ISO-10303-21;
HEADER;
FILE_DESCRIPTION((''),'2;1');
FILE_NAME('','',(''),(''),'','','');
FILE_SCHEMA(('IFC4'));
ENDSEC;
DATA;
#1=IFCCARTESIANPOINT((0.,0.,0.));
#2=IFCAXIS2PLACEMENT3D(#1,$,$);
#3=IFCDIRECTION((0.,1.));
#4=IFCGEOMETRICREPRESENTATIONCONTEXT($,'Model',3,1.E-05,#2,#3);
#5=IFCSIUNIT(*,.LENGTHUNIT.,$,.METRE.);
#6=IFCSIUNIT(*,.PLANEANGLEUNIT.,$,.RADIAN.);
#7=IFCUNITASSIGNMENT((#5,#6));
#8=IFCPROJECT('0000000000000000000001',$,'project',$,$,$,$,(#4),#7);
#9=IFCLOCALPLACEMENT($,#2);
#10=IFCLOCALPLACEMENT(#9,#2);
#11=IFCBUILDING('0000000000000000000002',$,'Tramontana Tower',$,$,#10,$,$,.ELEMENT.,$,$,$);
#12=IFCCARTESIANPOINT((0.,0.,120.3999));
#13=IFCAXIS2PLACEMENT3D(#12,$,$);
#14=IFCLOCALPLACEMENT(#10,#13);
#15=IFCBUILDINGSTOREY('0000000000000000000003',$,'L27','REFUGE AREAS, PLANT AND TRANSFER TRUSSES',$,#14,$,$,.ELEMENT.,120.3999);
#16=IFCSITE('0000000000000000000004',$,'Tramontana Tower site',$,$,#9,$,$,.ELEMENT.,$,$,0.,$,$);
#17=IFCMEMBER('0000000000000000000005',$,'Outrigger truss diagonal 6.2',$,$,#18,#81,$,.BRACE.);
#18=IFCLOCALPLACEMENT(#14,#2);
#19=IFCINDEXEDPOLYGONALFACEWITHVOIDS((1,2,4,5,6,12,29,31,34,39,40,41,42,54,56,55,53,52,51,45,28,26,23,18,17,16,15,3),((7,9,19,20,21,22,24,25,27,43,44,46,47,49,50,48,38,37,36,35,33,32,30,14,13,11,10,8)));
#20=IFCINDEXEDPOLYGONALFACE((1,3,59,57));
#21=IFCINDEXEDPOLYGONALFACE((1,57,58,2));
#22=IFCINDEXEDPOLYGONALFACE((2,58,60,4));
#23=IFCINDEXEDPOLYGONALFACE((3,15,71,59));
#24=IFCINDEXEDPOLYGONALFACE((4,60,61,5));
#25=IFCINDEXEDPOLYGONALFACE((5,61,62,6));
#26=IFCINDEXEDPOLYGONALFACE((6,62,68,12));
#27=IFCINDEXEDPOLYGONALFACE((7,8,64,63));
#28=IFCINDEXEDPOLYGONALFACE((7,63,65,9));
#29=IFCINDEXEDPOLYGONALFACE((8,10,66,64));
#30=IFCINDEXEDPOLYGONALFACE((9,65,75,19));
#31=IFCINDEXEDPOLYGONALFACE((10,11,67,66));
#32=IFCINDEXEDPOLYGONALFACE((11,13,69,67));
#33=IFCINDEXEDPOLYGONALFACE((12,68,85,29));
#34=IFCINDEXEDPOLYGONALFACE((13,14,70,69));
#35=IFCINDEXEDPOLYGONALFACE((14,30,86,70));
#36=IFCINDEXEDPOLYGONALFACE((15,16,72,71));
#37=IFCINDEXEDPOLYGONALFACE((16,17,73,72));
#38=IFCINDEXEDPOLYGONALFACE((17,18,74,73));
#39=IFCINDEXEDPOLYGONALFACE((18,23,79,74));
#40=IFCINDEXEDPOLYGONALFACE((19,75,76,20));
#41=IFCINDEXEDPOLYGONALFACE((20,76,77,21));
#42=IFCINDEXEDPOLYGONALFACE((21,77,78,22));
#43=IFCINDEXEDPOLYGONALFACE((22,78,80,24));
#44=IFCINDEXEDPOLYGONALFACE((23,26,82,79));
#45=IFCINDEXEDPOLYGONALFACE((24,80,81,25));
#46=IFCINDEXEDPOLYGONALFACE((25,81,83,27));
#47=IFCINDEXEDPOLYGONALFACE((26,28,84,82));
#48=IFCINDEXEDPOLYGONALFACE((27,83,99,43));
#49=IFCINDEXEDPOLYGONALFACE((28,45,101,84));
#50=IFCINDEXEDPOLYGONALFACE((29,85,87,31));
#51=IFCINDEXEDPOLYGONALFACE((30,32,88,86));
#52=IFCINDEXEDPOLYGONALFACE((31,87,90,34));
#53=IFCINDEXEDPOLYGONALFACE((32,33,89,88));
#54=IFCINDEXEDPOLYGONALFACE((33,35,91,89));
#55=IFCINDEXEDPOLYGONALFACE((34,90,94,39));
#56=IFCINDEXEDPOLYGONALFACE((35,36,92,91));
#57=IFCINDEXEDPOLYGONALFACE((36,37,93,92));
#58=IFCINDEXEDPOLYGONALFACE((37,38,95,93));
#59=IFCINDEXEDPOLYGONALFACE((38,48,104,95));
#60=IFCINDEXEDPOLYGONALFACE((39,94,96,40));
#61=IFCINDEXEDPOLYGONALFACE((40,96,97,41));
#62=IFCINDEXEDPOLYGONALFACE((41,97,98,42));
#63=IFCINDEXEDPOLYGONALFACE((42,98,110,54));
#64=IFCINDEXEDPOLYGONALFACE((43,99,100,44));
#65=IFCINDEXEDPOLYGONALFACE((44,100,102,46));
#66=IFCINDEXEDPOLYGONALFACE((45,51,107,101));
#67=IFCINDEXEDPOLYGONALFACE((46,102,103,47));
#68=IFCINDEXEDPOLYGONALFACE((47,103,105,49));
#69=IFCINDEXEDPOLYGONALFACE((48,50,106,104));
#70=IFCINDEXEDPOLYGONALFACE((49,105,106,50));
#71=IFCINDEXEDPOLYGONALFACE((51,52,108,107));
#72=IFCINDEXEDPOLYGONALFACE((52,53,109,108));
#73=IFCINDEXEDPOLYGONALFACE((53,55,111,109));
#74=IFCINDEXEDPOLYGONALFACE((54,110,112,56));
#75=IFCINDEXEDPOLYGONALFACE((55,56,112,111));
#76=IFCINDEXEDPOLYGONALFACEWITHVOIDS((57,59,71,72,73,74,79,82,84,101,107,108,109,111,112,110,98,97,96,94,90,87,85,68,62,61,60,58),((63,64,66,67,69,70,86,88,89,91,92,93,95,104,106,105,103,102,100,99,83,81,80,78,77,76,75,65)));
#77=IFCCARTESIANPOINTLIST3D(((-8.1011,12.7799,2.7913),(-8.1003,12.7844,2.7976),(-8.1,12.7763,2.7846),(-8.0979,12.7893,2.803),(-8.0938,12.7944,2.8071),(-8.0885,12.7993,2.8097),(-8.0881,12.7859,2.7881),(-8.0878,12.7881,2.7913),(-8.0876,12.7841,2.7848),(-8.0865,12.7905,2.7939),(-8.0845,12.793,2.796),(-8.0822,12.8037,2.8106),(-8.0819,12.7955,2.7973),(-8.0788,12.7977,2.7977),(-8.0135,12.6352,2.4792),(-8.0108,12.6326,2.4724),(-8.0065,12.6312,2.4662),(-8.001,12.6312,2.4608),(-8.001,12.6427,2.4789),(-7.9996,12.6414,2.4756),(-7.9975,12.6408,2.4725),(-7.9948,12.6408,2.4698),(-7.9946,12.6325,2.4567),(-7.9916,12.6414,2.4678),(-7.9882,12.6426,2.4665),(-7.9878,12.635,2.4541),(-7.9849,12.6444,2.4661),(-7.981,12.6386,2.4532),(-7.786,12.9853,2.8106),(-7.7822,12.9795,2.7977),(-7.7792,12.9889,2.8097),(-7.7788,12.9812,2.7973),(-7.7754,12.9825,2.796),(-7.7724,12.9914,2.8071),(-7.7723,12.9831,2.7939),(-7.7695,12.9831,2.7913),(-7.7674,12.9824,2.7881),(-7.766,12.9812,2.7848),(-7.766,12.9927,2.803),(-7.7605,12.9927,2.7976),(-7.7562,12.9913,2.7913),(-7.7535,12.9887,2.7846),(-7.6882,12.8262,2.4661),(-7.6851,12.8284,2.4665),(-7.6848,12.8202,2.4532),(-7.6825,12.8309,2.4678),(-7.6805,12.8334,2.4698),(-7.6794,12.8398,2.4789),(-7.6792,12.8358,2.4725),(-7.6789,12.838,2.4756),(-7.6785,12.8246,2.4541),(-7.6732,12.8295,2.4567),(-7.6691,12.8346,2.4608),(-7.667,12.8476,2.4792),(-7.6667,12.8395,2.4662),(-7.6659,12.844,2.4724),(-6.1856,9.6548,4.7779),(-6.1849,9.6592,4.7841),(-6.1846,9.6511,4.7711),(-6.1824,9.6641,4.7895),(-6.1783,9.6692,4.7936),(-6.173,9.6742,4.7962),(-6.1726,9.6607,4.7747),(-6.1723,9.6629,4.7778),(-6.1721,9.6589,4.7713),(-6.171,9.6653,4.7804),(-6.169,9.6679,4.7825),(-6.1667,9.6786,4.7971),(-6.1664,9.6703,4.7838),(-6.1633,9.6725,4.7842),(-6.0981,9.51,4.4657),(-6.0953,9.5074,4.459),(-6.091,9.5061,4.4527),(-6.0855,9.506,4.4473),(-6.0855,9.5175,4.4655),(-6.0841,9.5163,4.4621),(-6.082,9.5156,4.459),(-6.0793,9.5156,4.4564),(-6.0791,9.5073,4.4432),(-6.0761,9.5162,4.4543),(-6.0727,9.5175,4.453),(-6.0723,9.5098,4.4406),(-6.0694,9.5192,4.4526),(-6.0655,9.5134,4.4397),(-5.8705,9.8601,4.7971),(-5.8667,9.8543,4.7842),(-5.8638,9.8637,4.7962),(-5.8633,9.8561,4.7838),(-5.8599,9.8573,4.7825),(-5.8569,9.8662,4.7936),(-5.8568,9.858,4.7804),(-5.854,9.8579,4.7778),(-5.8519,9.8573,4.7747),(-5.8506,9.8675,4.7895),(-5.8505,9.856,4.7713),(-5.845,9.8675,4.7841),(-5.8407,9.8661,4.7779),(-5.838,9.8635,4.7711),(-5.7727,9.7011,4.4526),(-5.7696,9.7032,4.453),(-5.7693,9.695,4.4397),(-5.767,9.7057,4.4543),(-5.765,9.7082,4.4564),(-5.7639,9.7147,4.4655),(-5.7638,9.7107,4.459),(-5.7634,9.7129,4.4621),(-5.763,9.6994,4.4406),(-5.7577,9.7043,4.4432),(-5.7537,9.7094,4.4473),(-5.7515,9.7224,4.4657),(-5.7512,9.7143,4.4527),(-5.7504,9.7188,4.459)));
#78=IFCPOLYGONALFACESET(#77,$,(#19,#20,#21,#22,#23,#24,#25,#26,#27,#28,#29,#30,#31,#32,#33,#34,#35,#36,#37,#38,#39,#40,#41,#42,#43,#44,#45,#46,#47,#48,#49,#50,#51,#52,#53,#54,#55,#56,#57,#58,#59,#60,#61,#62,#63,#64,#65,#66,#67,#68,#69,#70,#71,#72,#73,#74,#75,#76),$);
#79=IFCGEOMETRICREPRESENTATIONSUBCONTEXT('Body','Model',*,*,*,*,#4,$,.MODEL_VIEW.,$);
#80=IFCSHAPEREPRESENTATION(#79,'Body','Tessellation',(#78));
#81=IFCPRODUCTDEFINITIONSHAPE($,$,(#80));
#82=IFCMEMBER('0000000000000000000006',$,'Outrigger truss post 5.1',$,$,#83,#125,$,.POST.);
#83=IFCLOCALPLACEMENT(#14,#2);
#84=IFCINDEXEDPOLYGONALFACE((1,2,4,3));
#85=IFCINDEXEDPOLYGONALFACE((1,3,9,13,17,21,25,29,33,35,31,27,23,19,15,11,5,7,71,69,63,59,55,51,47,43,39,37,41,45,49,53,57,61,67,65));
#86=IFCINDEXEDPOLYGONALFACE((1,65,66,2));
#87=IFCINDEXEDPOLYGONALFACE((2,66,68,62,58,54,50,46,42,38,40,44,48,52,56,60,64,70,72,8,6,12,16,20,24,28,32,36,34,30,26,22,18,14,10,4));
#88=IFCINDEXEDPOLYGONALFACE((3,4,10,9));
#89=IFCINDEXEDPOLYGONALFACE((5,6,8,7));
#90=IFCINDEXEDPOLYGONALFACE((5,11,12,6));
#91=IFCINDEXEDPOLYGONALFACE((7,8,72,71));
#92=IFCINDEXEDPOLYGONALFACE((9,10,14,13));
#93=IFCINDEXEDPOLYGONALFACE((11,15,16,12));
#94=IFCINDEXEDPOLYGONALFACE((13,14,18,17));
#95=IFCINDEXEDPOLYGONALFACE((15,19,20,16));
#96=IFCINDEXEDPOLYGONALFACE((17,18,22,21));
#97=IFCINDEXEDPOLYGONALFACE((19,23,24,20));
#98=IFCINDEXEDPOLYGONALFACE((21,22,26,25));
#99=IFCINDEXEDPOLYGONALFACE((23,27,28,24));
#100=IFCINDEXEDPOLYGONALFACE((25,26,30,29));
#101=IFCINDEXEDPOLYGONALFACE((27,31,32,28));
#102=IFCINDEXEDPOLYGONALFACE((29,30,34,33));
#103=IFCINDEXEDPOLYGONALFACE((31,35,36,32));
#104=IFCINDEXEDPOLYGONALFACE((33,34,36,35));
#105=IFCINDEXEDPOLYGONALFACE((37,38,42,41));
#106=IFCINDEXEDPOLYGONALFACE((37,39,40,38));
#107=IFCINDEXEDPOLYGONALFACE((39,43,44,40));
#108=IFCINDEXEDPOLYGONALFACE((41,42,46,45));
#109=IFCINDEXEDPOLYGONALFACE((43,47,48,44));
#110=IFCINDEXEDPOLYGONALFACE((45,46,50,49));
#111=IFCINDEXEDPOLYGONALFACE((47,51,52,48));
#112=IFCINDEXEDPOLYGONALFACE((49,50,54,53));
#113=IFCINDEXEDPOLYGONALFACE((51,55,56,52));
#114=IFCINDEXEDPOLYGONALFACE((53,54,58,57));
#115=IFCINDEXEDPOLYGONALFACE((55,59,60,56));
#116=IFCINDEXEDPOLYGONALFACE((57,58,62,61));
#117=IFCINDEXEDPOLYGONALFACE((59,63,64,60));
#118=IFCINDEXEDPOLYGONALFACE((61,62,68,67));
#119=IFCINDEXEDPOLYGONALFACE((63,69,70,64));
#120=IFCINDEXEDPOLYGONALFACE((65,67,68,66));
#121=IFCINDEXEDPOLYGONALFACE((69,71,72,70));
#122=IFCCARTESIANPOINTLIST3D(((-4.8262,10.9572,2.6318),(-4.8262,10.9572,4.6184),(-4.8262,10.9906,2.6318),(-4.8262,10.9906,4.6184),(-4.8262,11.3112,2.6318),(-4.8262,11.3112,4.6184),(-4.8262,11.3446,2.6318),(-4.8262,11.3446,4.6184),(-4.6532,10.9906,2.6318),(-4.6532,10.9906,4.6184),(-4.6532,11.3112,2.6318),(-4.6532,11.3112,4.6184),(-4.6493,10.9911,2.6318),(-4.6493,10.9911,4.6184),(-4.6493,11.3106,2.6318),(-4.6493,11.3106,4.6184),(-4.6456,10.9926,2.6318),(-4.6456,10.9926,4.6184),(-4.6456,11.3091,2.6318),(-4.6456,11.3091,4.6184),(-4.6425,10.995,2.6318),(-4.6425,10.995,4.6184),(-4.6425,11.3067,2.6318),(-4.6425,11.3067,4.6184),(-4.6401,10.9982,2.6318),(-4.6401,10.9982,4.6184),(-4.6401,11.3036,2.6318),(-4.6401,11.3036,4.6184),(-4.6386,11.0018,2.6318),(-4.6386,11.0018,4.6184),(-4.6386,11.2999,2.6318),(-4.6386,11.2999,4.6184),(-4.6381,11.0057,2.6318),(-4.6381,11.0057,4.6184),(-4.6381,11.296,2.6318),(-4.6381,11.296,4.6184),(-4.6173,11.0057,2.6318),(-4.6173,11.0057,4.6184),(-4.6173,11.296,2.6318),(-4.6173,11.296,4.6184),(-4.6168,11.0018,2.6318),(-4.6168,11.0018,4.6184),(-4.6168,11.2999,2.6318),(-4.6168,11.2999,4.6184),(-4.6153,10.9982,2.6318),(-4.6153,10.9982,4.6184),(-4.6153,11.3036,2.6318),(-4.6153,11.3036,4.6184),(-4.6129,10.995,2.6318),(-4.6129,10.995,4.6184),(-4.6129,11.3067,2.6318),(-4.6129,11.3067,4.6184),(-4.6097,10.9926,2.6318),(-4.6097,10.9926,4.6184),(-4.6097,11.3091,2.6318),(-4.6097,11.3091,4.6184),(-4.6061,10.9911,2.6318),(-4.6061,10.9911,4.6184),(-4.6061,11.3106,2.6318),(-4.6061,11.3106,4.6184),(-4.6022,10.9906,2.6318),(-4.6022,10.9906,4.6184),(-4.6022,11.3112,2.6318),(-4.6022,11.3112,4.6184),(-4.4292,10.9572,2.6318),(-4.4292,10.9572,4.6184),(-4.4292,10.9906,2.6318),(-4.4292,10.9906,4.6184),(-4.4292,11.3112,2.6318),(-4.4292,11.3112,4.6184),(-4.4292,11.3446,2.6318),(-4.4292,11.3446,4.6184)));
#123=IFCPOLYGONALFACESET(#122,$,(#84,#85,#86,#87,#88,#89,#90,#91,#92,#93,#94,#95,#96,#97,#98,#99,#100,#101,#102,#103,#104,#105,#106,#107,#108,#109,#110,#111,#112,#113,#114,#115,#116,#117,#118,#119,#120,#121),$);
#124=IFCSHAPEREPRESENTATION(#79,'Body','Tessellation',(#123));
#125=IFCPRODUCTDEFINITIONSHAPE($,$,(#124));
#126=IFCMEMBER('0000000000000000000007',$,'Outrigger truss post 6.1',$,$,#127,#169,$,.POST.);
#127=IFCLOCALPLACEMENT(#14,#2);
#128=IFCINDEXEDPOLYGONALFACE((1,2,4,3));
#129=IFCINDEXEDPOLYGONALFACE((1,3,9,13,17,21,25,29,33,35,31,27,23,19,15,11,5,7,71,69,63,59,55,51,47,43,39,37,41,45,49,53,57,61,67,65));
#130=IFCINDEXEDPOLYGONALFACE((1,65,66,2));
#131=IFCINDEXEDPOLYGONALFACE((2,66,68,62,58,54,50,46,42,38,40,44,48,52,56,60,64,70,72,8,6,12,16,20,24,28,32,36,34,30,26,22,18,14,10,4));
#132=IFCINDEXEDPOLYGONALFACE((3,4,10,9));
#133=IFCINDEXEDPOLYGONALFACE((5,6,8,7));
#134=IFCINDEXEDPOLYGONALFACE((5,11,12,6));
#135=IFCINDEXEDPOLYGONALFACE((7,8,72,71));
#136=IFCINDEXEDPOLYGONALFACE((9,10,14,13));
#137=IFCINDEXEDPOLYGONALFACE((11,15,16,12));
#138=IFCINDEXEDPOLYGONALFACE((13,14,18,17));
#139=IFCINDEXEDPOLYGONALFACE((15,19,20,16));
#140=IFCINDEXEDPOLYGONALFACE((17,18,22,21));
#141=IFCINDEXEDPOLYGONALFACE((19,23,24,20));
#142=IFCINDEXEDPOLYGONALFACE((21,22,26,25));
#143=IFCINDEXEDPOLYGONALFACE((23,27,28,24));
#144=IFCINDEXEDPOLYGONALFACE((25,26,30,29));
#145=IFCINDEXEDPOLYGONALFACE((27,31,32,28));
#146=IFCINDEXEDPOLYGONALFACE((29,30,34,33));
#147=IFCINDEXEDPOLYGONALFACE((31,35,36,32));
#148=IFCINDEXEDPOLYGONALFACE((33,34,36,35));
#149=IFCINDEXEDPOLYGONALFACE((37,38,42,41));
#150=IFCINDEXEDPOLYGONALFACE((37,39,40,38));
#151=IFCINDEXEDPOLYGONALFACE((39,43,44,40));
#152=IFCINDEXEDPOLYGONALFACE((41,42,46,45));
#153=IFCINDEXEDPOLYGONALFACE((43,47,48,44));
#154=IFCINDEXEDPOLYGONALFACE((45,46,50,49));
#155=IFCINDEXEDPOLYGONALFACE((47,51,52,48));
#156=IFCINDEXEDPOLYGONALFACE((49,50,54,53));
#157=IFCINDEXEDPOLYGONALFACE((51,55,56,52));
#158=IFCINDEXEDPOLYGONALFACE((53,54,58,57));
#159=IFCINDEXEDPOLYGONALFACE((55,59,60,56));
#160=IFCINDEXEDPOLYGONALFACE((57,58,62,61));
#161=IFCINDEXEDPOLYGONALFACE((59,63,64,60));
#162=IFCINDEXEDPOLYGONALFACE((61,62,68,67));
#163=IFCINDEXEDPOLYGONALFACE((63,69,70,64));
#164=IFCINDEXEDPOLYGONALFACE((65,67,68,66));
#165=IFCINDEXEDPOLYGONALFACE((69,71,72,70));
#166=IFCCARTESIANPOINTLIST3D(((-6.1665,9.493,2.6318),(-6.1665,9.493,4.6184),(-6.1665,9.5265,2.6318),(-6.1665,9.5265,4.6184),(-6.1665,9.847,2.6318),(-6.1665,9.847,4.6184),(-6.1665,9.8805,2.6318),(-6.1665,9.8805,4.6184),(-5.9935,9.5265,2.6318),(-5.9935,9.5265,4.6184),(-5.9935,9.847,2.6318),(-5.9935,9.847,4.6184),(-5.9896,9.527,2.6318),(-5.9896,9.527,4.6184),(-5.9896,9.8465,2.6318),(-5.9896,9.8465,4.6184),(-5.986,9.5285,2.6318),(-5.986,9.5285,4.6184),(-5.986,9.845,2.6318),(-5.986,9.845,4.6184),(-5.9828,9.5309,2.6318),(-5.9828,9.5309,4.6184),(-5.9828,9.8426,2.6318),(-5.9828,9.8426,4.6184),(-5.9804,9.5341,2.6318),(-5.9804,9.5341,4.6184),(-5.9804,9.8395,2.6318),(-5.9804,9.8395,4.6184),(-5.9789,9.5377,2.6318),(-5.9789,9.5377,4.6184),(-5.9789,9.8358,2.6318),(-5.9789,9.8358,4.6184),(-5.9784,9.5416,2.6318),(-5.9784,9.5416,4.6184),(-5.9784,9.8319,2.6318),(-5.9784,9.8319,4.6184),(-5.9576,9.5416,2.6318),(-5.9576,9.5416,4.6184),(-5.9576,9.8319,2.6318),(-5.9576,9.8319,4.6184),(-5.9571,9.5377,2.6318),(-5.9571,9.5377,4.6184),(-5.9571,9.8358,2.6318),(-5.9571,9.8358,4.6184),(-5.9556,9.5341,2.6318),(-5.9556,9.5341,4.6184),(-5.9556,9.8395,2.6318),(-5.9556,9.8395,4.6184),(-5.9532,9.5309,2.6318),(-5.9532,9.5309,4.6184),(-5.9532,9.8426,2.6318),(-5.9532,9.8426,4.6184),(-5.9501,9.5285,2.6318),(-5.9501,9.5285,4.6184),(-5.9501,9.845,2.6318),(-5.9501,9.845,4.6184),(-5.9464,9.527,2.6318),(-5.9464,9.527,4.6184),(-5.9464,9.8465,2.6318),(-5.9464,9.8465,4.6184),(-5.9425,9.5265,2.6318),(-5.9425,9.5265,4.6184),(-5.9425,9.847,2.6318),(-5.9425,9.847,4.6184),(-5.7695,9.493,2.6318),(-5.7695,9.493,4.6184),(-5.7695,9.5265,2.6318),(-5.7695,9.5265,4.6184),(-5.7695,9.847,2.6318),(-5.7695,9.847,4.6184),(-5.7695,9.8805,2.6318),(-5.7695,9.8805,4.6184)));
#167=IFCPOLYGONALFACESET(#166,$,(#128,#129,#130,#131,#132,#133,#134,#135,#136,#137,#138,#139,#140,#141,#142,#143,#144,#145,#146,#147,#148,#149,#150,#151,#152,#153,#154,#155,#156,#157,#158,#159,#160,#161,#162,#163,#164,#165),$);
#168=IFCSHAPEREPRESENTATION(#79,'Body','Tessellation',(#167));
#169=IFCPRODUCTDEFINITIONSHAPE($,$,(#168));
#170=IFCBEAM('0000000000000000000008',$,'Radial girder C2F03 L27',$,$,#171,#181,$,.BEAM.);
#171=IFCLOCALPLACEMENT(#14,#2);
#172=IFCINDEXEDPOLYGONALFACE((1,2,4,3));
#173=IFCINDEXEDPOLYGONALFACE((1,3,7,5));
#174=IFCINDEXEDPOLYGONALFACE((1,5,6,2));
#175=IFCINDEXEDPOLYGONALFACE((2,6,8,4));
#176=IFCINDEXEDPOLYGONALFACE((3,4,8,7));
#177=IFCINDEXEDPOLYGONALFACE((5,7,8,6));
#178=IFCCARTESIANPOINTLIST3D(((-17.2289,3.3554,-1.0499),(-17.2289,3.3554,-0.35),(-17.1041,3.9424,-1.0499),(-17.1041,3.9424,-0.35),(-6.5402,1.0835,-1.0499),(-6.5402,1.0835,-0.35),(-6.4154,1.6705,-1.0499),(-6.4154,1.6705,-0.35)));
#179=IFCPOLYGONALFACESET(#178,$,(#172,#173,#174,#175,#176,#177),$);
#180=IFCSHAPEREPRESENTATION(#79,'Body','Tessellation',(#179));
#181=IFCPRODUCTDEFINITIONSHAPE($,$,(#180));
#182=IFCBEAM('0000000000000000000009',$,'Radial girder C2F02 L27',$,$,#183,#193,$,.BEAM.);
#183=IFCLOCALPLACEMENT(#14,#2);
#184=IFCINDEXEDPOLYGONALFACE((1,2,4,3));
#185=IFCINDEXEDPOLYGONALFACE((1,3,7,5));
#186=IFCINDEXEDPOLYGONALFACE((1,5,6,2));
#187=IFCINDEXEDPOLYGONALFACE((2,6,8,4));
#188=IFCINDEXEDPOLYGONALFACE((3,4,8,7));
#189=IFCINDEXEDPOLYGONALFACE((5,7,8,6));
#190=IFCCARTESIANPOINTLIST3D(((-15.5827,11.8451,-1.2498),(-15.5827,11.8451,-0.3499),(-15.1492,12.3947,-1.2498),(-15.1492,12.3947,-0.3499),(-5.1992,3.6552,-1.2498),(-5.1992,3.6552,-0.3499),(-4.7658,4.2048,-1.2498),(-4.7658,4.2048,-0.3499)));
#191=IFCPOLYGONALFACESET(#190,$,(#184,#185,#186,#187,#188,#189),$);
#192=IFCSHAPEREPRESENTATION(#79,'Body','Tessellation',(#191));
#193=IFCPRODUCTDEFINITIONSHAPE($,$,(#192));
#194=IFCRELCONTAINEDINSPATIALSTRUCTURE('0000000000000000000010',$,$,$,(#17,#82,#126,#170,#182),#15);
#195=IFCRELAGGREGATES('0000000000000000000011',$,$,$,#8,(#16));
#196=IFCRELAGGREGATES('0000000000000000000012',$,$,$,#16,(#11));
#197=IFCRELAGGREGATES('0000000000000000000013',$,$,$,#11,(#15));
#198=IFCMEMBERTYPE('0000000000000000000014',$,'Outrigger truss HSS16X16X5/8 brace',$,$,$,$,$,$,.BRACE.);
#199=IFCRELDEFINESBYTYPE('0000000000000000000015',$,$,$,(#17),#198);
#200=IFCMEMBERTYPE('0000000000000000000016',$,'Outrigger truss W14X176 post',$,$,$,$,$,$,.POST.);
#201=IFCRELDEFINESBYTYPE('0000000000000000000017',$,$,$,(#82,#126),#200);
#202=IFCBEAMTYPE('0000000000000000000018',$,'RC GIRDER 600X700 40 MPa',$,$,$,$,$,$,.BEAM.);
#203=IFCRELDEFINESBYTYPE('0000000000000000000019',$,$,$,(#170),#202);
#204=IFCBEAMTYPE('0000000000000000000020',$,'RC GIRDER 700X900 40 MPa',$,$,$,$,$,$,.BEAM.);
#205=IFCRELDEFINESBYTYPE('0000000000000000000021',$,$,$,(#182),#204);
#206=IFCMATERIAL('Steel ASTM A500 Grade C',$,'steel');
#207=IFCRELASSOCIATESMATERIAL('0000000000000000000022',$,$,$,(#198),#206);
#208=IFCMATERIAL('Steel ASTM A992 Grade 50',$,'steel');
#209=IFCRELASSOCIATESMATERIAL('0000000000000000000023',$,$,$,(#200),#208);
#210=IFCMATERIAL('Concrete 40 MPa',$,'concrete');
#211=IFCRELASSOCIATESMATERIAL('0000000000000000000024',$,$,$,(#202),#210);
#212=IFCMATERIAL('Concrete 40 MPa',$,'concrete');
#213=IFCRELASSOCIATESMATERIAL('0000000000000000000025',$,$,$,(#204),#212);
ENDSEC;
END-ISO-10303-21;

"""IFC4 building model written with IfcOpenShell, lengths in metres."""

from ifc_helpers import new_model, si_unit, direction, frame, origin, origin_2d, place, context, subcontext, project, spatial, rectangle, hollow_rectangle, i_section, extrude, material, material_profile, profile_set, type_object, element, save


model = new_model("IFC4")

# Units and contexts
model_context = context("Model", 3, precision=1e-05, world=origin(), true_north=direction((0.0, 1.0)))
body_context = subcontext(model_context, "Body", "Model", "MODEL_VIEW")
ifc_project = project(units=[si_unit("LENGTHUNIT", "METRE"), si_unit("PLANEANGLEUNIT", "RADIAN")], contexts=[model_context])

# Site, building, storey
site_placement = place(None, origin())
site = spatial("IfcSite", under=ifc_project, at=site_placement, Name="Tramontana Tower site", CompositionType="ELEMENT", RefElevation=0.0)
building_placement = place(site_placement, origin())
building = spatial("IfcBuilding", under=site, at=building_placement, Name="Tramontana Tower", CompositionType="ELEMENT")
storey_placement = place(building_placement, frame((0.0, 0.0, 120.3999)))
storey = spatial("IfcBuildingStorey", under=building, at=storey_placement, Name="L27", Description="REFUGE AREAS, PLANT AND TRANSFER TRUSSES", CompositionType="ELEMENT", Elevation=120.3999)

# Members
ifc_material_1 = material(Name="Steel ASTM A500 Grade C", Category="steel")
ifc_material_profile_1 = material_profile(ifc_material_1, hollow_rectangle(XDim=0.4065, YDim=0.4065, WallThickness=0.0146, InnerFilletRadius=0.0146, OuterFilletRadius=0.0295, at=origin_2d()), Name="HSS16X16X5/8")
ifc_profile_set_1 = profile_set([ifc_material_profile_1], Name="Steel ASTM A500 Grade C")
member_type_1 = type_object("IfcMemberType", Name="Outrigger truss HSS16X16X5/8 brace", PredefinedType="BRACE", material=ifc_profile_set_1)
member_1_placement = place(storey_placement, frame((-5.968, 9.6868, 4.6184), z_axis=(-0.459439, 0.749589, -0.476479), x_axis=(-0.852595, -0.522573, 0.0)))
element("IfcMember", 1, at=member_1_placement, inside=storey, type_object=member_type_1, Name="Outrigger truss diagonal 6.2", PredefinedType="BRACE", context=body_context, shape_type="SweptSolid", body=[
    extrude(hollow_rectangle(XDim=0.4065, YDim=0.4065, WallThickness=0.0146, InnerFilletRadius=0.0146, OuterFilletRadius=0.0295, at=origin_2d()), origin(), (0.0, 0.0, 1.0), 4.1692),
])
ifc_material_2 = material(Name="Steel ASTM A992 Grade 50", Category="steel")
ifc_material_profile_2 = material_profile(ifc_material_2, i_section(OverallWidth=0.397, OverallDepth=0.3875, WebThickness=0.0208, FlangeThickness=0.0334, FilletRadius=0.0151, at=origin_2d()), Name="W14X176")
ifc_profile_set_2 = profile_set([ifc_material_profile_2], Name="Steel ASTM A992 Grade 50")
member_type_2 = type_object("IfcMemberType", Name="Outrigger truss W14X176 post", PredefinedType="POST", material=ifc_profile_set_2)
for number, where, z_axis, x_axis, name in (
    (2, (-4.6277, 11.1509, 2.6318), (0.0, 0.0, 1.0), (1.0, 0.0, 0.0), "Outrigger truss post 5.1"),
    (3, (-5.968, 9.6868, 2.6318), (0.0, 0.0, 1.0), (1.0, 0.0, 0.0), "Outrigger truss post 6.1"),
):
    element("IfcMember", number, at=place(storey_placement, frame(where, z_axis=z_axis, x_axis=x_axis)), inside=storey, type_object=member_type_2, Name=name, PredefinedType="POST", context=body_context, shape_type="SweptSolid", body=[
        extrude(i_section(OverallWidth=0.397, OverallDepth=0.3875, WebThickness=0.0208, FlangeThickness=0.0334, FilletRadius=0.0151, at=origin_2d()), origin(), (0.0, 0.0, 1.0), 1.9866),
    ])

# Beams
ifc_material_3 = material(Name="Concrete 40 MPa", Category="concrete")
ifc_material_profile_3 = material_profile(ifc_material_3, rectangle(XDim=0.6001, YDim=0.7, at=origin_2d()), Name="RC GIRDER 600X700 40 MPa")
ifc_profile_set_3 = profile_set([ifc_material_profile_3], Name="Concrete 40 MPa")
beam_type_1 = type_object("IfcBeamType", Name="RC GIRDER 600X700 40 MPa", PredefinedType="BEAM", material=ifc_profile_set_3)
beam_1_placement = place(storey_placement, frame((-17.1665, 3.6489, -0.7), z_axis=(0.978147, -0.207913, 0.0), x_axis=(0.207913, 0.978147, 0.0)))
element("IfcBeam", 4, at=beam_1_placement, inside=storey, type_object=beam_type_1, Name="Radial girder C2F03 L27", PredefinedType="BEAM", context=body_context, shape_type="SweptSolid", body=[
    extrude(rectangle(XDim=0.6001, YDim=0.7, at=origin_2d()), origin(), (0.0, 0.0, 1.0), 10.9275),
])
ifc_material_4 = material(Name="Concrete 40 MPa", Category="concrete")
ifc_material_profile_4 = material_profile(ifc_material_4, rectangle(XDim=0.7, YDim=0.8999, at=origin_2d()), Name="RC GIRDER 700X900 40 MPa")
ifc_profile_set_4 = profile_set([ifc_material_profile_4], Name="Concrete 40 MPa")
beam_type_2 = type_object("IfcBeamType", Name="RC GIRDER 700X900 40 MPa", PredefinedType="BEAM", material=ifc_profile_set_4)
beam_2_placement = place(storey_placement, frame((-15.366, 12.1199, -0.7998), z_axis=(0.785162, -0.61929, 0.0), x_axis=(0.61929, 0.785162, 0.0)))
element("IfcBeam", 5, at=beam_2_placement, inside=storey, type_object=beam_type_2, Name="Radial girder C2F02 L27", PredefinedType="BEAM", context=body_context, shape_type="SweptSolid", body=[
    extrude(rectangle(XDim=0.7, YDim=0.8999, at=origin_2d()), origin(), (0.0, 0.0, 1.0), 13.2246),
])

save(model, "model.ifc")
